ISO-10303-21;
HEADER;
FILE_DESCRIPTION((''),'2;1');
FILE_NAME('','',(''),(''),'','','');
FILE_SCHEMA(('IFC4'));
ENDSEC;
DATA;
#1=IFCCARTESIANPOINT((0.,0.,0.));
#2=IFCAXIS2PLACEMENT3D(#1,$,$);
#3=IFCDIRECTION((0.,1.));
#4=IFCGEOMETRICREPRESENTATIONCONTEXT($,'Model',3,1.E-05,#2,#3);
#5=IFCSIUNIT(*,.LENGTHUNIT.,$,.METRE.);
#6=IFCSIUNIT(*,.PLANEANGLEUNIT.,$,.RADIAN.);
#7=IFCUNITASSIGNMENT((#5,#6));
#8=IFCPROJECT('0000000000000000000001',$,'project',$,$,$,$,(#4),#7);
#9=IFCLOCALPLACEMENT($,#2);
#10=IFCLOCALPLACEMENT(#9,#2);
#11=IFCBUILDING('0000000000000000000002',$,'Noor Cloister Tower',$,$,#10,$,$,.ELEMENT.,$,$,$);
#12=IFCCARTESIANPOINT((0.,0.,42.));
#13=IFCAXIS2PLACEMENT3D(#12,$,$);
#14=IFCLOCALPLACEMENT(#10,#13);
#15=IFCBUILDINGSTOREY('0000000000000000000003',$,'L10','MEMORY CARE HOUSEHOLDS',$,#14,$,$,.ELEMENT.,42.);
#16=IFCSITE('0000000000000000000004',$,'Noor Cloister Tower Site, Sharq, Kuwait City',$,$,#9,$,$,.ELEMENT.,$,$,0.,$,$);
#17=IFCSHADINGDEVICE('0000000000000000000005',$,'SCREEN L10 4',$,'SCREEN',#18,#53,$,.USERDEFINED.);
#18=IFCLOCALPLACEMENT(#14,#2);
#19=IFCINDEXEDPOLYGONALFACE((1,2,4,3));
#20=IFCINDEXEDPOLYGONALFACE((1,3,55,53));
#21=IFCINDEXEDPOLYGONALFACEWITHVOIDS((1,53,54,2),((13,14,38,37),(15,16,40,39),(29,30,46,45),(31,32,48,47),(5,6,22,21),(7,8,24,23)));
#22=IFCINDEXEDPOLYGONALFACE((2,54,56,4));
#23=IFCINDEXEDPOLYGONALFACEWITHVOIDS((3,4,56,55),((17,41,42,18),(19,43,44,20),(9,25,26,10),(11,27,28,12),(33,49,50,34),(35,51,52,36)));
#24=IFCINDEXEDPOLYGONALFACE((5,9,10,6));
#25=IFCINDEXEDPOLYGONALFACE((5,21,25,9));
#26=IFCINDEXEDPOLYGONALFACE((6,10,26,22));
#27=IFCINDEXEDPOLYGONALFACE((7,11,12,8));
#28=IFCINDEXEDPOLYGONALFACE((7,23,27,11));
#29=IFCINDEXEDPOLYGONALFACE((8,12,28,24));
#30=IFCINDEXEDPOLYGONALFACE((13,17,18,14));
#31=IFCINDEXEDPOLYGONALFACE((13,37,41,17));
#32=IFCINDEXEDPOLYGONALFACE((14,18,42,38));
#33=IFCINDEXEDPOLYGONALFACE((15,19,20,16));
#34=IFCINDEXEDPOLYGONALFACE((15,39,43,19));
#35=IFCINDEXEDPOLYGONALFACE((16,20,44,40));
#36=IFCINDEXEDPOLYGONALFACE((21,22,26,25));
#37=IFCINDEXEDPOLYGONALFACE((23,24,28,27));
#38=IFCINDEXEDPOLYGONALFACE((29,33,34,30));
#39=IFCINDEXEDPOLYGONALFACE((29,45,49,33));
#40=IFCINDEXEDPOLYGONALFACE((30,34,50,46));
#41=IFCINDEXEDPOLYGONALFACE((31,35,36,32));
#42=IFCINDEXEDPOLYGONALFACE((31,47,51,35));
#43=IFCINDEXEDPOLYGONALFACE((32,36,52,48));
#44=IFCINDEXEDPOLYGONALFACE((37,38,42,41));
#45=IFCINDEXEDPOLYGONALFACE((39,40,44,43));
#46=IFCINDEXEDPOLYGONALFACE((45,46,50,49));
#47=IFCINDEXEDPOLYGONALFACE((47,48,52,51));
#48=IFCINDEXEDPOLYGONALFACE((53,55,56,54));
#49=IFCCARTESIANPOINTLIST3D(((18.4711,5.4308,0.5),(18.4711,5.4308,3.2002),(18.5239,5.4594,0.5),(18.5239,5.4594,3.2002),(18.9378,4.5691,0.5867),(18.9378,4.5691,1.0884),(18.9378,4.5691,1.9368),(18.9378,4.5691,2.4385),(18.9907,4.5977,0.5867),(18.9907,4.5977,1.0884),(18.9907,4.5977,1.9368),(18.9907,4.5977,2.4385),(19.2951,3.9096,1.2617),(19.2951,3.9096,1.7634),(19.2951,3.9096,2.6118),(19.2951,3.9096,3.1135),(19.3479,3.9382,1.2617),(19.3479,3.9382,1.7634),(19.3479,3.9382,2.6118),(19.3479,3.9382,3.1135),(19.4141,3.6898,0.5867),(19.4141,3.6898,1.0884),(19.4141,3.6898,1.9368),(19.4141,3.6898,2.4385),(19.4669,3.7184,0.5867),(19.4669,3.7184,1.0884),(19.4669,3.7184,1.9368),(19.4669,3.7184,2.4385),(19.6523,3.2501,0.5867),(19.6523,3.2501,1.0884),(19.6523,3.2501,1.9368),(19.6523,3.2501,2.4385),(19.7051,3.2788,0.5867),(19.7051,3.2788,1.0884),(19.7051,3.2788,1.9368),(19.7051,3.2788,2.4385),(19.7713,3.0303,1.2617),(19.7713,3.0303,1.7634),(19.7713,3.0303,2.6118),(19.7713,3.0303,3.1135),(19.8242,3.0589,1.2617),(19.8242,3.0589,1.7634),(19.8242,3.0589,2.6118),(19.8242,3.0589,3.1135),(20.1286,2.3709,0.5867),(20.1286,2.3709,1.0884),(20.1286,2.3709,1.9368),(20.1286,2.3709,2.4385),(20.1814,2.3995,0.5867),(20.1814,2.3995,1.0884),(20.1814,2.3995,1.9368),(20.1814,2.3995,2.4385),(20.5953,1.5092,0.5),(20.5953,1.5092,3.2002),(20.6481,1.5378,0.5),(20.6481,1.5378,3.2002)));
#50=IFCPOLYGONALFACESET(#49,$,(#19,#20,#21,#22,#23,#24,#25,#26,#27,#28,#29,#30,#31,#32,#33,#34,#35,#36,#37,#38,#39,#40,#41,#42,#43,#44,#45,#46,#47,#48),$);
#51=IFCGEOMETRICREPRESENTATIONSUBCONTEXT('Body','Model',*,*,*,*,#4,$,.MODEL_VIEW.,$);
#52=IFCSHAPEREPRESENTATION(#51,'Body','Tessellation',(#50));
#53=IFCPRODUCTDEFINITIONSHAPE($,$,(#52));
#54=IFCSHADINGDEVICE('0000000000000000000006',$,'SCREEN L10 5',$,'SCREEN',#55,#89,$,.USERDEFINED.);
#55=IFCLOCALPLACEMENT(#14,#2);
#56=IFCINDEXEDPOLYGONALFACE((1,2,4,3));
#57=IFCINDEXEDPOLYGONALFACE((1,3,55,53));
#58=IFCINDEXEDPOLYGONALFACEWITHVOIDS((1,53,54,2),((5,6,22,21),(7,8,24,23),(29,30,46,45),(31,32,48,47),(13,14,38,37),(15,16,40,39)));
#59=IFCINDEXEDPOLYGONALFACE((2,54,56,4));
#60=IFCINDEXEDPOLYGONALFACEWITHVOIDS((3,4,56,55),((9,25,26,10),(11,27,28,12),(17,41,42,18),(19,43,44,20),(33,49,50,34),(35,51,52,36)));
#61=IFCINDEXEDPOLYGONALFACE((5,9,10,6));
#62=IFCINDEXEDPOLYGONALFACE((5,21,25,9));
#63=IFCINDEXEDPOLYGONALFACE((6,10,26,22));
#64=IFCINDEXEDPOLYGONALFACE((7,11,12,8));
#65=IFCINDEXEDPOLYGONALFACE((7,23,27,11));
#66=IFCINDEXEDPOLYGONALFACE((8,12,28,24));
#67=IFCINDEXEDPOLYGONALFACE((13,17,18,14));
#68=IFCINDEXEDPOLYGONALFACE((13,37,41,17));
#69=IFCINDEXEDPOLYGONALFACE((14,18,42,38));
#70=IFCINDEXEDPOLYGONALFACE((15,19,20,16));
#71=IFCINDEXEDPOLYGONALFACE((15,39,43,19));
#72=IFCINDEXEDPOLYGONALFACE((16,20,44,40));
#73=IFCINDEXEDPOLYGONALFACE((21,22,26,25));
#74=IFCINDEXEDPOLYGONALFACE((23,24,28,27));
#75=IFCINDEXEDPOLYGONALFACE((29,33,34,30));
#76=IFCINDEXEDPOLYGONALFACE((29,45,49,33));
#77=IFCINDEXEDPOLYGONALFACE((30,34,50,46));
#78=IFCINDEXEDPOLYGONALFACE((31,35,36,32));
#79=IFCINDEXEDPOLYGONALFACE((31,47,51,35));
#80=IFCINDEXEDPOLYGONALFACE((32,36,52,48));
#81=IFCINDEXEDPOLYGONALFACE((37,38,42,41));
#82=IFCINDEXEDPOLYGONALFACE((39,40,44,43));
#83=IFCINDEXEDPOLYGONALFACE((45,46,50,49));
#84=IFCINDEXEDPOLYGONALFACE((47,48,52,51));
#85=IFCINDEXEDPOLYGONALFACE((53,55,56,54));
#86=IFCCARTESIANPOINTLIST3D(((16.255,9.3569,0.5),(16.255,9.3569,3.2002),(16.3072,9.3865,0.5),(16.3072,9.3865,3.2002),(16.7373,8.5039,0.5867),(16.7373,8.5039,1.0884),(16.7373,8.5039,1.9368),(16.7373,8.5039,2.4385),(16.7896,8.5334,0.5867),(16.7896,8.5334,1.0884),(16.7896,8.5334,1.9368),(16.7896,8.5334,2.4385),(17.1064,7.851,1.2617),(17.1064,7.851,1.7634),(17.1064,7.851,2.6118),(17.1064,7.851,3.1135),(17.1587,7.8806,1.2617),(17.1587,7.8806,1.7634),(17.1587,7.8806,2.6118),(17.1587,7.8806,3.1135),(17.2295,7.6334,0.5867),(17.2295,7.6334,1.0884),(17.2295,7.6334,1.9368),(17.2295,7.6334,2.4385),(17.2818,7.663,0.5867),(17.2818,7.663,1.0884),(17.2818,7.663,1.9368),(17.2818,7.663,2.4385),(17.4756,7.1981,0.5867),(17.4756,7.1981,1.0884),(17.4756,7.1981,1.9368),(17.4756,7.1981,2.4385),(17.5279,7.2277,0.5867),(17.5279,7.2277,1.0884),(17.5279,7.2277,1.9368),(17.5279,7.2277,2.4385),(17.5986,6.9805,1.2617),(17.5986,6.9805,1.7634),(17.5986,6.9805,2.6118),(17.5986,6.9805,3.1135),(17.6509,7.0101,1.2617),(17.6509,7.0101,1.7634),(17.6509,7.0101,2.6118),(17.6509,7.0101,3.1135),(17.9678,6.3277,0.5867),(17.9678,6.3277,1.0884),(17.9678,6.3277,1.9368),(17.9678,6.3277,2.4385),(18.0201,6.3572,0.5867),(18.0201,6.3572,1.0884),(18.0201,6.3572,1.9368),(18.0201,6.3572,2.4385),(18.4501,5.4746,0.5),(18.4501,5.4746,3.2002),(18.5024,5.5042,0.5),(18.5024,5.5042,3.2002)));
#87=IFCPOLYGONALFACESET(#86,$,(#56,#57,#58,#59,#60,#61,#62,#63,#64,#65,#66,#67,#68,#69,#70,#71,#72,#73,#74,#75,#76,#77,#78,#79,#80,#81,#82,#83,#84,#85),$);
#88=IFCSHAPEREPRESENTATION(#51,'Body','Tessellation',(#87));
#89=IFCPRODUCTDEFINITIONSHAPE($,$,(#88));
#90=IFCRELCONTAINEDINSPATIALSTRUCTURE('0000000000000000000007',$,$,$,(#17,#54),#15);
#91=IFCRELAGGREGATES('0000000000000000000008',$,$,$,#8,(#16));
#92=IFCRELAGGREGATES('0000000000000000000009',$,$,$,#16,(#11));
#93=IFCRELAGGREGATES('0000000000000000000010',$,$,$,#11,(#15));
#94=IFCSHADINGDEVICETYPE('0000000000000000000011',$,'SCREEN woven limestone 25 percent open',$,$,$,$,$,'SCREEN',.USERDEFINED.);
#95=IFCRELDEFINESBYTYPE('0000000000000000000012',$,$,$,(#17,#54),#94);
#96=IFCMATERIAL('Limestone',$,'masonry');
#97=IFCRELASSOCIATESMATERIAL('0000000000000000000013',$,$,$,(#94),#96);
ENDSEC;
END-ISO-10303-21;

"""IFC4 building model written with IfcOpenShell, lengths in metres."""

from ifc_helpers import new_model, si_unit, direction, frame, origin, place, context, subcontext, project, spatial, polyline, outline, extrude, material, material_profile, profile_set, type_object, element, save


model = new_model("IFC4")

# Units and contexts
model_context = context("Model", 3, precision=1e-05, world=origin(), true_north=direction((0.0, 1.0)))
body_context = subcontext(model_context, "Body", "Model", "MODEL_VIEW")
ifc_project = project(units=[si_unit("LENGTHUNIT", "METRE"), si_unit("PLANEANGLEUNIT", "RADIAN")], contexts=[model_context])

# Site, building, storey
site_placement = place(None, origin())
site = spatial("IfcSite", under=ifc_project, at=site_placement, Name="Noor Cloister Tower Site, Sharq, Kuwait City", CompositionType="ELEMENT", RefElevation=0.0)
building_placement = place(site_placement, origin())
building = spatial("IfcBuilding", under=site, at=building_placement, Name="Noor Cloister Tower", CompositionType="ELEMENT")
storey_placement = place(building_placement, frame((0.0, 0.0, 42.0)))
storey = spatial("IfcBuildingStorey", under=building, at=storey_placement, Name="L10", Description="MEMORY CARE HOUSEHOLDS", CompositionType="ELEMENT", Elevation=42.0)

# Shading devices
ifc_material_1 = material(Name="Limestone", Category="masonry")
ifc_material_profile_1 = material_profile(ifc_material_1, outline(polyline([(-2.23, -1.3501), (2.23, -1.3501), (2.23, 1.3501), (-2.23, 1.3501), (-2.23, -1.3501)]), holes=[polyline([(-1.25, -1.2634), (-0.25, -1.2634), (-0.25, -0.7617), (-1.25, -0.7617), (-1.25, -1.2634)]), polyline([(0.25, -1.2634), (1.25, -1.2634), (1.25, -0.7617), (0.25, -0.7617), (0.25, -1.2634)]), polyline([(-0.5, -0.5884), (0.5, -0.5884), (0.5, -0.0867), (-0.5, -0.0867), (-0.5, -0.5884)]), polyline([(-1.25, 0.0867), (-0.25, 0.0867), (-0.25, 0.5884), (-1.25, 0.5884), (-1.25, 0.0867)]), polyline([(0.25, 0.0867), (1.25, 0.0867), (1.25, 0.5884), (0.25, 0.5884), (0.25, 0.0867)]), polyline([(-0.5, 0.7617), (0.5, 0.7617), (0.5, 1.2634), (-0.5, 1.2634), (-0.5, 0.7617)])]), Name="Woven screen 25 percent open")
ifc_profile_set_1 = profile_set([ifc_material_profile_1], Name="Limestone")
shading_device_type = type_object("IfcShadingDeviceType", Name="SCREEN woven limestone 25 percent open", ElementType="SCREEN", PredefinedType="USERDEFINED", material=ifc_profile_set_1)
for number, where, z_axis, x_axis, name in (
    (1, (19.5332, 3.47, 1.8501), (0.879292, 0.476283, 0.0), (-0.476283, 0.879292, 0.0), "SCREEN L10 4"),
    (2, (17.3525, 7.4158, 1.8501), (0.870487, 0.492191, 0.0), (-0.492191, 0.870487, 0.0), "SCREEN L10 5"),
):
    element("IfcShadingDevice", number, at=place(storey_placement, frame(where, z_axis=z_axis, x_axis=x_axis)), inside=storey, type_object=shading_device_type, Name=name, ObjectType="SCREEN", PredefinedType="USERDEFINED", context=body_context, shape_type="SweptSolid", body=[
        extrude(outline(polyline([(-2.23, -1.3501), (2.23, -1.3501), (2.23, 1.3501), (-2.23, 1.3501), (-2.23, -1.3501)]), holes=[polyline([(-1.25, -1.2634), (-0.25, -1.2634), (-0.25, -0.7617), (-1.25, -0.7617), (-1.25, -1.2634)]), polyline([(0.25, -1.2634), (1.25, -1.2634), (1.25, -0.7617), (0.25, -0.7617), (0.25, -1.2634)]), polyline([(-0.5, -0.5884), (0.5, -0.5884), (0.5, -0.0867), (-0.5, -0.0867), (-0.5, -0.5884)]), polyline([(-1.25, 0.0867), (-0.25, 0.0867), (-0.25, 0.5884), (-1.25, 0.5884), (-1.25, 0.0867)]), polyline([(0.25, 0.0867), (1.25, 0.0867), (1.25, 0.5884), (0.25, 0.5884), (0.25, 0.0867)]), polyline([(-0.5, 0.7617), (0.5, 0.7617), (0.5, 1.2634), (-0.5, 1.2634), (-0.5, 0.7617)])]), origin(), (0.0, 0.0, 1.0), 0.0601),
    ])

save(model, "model.ifc")
